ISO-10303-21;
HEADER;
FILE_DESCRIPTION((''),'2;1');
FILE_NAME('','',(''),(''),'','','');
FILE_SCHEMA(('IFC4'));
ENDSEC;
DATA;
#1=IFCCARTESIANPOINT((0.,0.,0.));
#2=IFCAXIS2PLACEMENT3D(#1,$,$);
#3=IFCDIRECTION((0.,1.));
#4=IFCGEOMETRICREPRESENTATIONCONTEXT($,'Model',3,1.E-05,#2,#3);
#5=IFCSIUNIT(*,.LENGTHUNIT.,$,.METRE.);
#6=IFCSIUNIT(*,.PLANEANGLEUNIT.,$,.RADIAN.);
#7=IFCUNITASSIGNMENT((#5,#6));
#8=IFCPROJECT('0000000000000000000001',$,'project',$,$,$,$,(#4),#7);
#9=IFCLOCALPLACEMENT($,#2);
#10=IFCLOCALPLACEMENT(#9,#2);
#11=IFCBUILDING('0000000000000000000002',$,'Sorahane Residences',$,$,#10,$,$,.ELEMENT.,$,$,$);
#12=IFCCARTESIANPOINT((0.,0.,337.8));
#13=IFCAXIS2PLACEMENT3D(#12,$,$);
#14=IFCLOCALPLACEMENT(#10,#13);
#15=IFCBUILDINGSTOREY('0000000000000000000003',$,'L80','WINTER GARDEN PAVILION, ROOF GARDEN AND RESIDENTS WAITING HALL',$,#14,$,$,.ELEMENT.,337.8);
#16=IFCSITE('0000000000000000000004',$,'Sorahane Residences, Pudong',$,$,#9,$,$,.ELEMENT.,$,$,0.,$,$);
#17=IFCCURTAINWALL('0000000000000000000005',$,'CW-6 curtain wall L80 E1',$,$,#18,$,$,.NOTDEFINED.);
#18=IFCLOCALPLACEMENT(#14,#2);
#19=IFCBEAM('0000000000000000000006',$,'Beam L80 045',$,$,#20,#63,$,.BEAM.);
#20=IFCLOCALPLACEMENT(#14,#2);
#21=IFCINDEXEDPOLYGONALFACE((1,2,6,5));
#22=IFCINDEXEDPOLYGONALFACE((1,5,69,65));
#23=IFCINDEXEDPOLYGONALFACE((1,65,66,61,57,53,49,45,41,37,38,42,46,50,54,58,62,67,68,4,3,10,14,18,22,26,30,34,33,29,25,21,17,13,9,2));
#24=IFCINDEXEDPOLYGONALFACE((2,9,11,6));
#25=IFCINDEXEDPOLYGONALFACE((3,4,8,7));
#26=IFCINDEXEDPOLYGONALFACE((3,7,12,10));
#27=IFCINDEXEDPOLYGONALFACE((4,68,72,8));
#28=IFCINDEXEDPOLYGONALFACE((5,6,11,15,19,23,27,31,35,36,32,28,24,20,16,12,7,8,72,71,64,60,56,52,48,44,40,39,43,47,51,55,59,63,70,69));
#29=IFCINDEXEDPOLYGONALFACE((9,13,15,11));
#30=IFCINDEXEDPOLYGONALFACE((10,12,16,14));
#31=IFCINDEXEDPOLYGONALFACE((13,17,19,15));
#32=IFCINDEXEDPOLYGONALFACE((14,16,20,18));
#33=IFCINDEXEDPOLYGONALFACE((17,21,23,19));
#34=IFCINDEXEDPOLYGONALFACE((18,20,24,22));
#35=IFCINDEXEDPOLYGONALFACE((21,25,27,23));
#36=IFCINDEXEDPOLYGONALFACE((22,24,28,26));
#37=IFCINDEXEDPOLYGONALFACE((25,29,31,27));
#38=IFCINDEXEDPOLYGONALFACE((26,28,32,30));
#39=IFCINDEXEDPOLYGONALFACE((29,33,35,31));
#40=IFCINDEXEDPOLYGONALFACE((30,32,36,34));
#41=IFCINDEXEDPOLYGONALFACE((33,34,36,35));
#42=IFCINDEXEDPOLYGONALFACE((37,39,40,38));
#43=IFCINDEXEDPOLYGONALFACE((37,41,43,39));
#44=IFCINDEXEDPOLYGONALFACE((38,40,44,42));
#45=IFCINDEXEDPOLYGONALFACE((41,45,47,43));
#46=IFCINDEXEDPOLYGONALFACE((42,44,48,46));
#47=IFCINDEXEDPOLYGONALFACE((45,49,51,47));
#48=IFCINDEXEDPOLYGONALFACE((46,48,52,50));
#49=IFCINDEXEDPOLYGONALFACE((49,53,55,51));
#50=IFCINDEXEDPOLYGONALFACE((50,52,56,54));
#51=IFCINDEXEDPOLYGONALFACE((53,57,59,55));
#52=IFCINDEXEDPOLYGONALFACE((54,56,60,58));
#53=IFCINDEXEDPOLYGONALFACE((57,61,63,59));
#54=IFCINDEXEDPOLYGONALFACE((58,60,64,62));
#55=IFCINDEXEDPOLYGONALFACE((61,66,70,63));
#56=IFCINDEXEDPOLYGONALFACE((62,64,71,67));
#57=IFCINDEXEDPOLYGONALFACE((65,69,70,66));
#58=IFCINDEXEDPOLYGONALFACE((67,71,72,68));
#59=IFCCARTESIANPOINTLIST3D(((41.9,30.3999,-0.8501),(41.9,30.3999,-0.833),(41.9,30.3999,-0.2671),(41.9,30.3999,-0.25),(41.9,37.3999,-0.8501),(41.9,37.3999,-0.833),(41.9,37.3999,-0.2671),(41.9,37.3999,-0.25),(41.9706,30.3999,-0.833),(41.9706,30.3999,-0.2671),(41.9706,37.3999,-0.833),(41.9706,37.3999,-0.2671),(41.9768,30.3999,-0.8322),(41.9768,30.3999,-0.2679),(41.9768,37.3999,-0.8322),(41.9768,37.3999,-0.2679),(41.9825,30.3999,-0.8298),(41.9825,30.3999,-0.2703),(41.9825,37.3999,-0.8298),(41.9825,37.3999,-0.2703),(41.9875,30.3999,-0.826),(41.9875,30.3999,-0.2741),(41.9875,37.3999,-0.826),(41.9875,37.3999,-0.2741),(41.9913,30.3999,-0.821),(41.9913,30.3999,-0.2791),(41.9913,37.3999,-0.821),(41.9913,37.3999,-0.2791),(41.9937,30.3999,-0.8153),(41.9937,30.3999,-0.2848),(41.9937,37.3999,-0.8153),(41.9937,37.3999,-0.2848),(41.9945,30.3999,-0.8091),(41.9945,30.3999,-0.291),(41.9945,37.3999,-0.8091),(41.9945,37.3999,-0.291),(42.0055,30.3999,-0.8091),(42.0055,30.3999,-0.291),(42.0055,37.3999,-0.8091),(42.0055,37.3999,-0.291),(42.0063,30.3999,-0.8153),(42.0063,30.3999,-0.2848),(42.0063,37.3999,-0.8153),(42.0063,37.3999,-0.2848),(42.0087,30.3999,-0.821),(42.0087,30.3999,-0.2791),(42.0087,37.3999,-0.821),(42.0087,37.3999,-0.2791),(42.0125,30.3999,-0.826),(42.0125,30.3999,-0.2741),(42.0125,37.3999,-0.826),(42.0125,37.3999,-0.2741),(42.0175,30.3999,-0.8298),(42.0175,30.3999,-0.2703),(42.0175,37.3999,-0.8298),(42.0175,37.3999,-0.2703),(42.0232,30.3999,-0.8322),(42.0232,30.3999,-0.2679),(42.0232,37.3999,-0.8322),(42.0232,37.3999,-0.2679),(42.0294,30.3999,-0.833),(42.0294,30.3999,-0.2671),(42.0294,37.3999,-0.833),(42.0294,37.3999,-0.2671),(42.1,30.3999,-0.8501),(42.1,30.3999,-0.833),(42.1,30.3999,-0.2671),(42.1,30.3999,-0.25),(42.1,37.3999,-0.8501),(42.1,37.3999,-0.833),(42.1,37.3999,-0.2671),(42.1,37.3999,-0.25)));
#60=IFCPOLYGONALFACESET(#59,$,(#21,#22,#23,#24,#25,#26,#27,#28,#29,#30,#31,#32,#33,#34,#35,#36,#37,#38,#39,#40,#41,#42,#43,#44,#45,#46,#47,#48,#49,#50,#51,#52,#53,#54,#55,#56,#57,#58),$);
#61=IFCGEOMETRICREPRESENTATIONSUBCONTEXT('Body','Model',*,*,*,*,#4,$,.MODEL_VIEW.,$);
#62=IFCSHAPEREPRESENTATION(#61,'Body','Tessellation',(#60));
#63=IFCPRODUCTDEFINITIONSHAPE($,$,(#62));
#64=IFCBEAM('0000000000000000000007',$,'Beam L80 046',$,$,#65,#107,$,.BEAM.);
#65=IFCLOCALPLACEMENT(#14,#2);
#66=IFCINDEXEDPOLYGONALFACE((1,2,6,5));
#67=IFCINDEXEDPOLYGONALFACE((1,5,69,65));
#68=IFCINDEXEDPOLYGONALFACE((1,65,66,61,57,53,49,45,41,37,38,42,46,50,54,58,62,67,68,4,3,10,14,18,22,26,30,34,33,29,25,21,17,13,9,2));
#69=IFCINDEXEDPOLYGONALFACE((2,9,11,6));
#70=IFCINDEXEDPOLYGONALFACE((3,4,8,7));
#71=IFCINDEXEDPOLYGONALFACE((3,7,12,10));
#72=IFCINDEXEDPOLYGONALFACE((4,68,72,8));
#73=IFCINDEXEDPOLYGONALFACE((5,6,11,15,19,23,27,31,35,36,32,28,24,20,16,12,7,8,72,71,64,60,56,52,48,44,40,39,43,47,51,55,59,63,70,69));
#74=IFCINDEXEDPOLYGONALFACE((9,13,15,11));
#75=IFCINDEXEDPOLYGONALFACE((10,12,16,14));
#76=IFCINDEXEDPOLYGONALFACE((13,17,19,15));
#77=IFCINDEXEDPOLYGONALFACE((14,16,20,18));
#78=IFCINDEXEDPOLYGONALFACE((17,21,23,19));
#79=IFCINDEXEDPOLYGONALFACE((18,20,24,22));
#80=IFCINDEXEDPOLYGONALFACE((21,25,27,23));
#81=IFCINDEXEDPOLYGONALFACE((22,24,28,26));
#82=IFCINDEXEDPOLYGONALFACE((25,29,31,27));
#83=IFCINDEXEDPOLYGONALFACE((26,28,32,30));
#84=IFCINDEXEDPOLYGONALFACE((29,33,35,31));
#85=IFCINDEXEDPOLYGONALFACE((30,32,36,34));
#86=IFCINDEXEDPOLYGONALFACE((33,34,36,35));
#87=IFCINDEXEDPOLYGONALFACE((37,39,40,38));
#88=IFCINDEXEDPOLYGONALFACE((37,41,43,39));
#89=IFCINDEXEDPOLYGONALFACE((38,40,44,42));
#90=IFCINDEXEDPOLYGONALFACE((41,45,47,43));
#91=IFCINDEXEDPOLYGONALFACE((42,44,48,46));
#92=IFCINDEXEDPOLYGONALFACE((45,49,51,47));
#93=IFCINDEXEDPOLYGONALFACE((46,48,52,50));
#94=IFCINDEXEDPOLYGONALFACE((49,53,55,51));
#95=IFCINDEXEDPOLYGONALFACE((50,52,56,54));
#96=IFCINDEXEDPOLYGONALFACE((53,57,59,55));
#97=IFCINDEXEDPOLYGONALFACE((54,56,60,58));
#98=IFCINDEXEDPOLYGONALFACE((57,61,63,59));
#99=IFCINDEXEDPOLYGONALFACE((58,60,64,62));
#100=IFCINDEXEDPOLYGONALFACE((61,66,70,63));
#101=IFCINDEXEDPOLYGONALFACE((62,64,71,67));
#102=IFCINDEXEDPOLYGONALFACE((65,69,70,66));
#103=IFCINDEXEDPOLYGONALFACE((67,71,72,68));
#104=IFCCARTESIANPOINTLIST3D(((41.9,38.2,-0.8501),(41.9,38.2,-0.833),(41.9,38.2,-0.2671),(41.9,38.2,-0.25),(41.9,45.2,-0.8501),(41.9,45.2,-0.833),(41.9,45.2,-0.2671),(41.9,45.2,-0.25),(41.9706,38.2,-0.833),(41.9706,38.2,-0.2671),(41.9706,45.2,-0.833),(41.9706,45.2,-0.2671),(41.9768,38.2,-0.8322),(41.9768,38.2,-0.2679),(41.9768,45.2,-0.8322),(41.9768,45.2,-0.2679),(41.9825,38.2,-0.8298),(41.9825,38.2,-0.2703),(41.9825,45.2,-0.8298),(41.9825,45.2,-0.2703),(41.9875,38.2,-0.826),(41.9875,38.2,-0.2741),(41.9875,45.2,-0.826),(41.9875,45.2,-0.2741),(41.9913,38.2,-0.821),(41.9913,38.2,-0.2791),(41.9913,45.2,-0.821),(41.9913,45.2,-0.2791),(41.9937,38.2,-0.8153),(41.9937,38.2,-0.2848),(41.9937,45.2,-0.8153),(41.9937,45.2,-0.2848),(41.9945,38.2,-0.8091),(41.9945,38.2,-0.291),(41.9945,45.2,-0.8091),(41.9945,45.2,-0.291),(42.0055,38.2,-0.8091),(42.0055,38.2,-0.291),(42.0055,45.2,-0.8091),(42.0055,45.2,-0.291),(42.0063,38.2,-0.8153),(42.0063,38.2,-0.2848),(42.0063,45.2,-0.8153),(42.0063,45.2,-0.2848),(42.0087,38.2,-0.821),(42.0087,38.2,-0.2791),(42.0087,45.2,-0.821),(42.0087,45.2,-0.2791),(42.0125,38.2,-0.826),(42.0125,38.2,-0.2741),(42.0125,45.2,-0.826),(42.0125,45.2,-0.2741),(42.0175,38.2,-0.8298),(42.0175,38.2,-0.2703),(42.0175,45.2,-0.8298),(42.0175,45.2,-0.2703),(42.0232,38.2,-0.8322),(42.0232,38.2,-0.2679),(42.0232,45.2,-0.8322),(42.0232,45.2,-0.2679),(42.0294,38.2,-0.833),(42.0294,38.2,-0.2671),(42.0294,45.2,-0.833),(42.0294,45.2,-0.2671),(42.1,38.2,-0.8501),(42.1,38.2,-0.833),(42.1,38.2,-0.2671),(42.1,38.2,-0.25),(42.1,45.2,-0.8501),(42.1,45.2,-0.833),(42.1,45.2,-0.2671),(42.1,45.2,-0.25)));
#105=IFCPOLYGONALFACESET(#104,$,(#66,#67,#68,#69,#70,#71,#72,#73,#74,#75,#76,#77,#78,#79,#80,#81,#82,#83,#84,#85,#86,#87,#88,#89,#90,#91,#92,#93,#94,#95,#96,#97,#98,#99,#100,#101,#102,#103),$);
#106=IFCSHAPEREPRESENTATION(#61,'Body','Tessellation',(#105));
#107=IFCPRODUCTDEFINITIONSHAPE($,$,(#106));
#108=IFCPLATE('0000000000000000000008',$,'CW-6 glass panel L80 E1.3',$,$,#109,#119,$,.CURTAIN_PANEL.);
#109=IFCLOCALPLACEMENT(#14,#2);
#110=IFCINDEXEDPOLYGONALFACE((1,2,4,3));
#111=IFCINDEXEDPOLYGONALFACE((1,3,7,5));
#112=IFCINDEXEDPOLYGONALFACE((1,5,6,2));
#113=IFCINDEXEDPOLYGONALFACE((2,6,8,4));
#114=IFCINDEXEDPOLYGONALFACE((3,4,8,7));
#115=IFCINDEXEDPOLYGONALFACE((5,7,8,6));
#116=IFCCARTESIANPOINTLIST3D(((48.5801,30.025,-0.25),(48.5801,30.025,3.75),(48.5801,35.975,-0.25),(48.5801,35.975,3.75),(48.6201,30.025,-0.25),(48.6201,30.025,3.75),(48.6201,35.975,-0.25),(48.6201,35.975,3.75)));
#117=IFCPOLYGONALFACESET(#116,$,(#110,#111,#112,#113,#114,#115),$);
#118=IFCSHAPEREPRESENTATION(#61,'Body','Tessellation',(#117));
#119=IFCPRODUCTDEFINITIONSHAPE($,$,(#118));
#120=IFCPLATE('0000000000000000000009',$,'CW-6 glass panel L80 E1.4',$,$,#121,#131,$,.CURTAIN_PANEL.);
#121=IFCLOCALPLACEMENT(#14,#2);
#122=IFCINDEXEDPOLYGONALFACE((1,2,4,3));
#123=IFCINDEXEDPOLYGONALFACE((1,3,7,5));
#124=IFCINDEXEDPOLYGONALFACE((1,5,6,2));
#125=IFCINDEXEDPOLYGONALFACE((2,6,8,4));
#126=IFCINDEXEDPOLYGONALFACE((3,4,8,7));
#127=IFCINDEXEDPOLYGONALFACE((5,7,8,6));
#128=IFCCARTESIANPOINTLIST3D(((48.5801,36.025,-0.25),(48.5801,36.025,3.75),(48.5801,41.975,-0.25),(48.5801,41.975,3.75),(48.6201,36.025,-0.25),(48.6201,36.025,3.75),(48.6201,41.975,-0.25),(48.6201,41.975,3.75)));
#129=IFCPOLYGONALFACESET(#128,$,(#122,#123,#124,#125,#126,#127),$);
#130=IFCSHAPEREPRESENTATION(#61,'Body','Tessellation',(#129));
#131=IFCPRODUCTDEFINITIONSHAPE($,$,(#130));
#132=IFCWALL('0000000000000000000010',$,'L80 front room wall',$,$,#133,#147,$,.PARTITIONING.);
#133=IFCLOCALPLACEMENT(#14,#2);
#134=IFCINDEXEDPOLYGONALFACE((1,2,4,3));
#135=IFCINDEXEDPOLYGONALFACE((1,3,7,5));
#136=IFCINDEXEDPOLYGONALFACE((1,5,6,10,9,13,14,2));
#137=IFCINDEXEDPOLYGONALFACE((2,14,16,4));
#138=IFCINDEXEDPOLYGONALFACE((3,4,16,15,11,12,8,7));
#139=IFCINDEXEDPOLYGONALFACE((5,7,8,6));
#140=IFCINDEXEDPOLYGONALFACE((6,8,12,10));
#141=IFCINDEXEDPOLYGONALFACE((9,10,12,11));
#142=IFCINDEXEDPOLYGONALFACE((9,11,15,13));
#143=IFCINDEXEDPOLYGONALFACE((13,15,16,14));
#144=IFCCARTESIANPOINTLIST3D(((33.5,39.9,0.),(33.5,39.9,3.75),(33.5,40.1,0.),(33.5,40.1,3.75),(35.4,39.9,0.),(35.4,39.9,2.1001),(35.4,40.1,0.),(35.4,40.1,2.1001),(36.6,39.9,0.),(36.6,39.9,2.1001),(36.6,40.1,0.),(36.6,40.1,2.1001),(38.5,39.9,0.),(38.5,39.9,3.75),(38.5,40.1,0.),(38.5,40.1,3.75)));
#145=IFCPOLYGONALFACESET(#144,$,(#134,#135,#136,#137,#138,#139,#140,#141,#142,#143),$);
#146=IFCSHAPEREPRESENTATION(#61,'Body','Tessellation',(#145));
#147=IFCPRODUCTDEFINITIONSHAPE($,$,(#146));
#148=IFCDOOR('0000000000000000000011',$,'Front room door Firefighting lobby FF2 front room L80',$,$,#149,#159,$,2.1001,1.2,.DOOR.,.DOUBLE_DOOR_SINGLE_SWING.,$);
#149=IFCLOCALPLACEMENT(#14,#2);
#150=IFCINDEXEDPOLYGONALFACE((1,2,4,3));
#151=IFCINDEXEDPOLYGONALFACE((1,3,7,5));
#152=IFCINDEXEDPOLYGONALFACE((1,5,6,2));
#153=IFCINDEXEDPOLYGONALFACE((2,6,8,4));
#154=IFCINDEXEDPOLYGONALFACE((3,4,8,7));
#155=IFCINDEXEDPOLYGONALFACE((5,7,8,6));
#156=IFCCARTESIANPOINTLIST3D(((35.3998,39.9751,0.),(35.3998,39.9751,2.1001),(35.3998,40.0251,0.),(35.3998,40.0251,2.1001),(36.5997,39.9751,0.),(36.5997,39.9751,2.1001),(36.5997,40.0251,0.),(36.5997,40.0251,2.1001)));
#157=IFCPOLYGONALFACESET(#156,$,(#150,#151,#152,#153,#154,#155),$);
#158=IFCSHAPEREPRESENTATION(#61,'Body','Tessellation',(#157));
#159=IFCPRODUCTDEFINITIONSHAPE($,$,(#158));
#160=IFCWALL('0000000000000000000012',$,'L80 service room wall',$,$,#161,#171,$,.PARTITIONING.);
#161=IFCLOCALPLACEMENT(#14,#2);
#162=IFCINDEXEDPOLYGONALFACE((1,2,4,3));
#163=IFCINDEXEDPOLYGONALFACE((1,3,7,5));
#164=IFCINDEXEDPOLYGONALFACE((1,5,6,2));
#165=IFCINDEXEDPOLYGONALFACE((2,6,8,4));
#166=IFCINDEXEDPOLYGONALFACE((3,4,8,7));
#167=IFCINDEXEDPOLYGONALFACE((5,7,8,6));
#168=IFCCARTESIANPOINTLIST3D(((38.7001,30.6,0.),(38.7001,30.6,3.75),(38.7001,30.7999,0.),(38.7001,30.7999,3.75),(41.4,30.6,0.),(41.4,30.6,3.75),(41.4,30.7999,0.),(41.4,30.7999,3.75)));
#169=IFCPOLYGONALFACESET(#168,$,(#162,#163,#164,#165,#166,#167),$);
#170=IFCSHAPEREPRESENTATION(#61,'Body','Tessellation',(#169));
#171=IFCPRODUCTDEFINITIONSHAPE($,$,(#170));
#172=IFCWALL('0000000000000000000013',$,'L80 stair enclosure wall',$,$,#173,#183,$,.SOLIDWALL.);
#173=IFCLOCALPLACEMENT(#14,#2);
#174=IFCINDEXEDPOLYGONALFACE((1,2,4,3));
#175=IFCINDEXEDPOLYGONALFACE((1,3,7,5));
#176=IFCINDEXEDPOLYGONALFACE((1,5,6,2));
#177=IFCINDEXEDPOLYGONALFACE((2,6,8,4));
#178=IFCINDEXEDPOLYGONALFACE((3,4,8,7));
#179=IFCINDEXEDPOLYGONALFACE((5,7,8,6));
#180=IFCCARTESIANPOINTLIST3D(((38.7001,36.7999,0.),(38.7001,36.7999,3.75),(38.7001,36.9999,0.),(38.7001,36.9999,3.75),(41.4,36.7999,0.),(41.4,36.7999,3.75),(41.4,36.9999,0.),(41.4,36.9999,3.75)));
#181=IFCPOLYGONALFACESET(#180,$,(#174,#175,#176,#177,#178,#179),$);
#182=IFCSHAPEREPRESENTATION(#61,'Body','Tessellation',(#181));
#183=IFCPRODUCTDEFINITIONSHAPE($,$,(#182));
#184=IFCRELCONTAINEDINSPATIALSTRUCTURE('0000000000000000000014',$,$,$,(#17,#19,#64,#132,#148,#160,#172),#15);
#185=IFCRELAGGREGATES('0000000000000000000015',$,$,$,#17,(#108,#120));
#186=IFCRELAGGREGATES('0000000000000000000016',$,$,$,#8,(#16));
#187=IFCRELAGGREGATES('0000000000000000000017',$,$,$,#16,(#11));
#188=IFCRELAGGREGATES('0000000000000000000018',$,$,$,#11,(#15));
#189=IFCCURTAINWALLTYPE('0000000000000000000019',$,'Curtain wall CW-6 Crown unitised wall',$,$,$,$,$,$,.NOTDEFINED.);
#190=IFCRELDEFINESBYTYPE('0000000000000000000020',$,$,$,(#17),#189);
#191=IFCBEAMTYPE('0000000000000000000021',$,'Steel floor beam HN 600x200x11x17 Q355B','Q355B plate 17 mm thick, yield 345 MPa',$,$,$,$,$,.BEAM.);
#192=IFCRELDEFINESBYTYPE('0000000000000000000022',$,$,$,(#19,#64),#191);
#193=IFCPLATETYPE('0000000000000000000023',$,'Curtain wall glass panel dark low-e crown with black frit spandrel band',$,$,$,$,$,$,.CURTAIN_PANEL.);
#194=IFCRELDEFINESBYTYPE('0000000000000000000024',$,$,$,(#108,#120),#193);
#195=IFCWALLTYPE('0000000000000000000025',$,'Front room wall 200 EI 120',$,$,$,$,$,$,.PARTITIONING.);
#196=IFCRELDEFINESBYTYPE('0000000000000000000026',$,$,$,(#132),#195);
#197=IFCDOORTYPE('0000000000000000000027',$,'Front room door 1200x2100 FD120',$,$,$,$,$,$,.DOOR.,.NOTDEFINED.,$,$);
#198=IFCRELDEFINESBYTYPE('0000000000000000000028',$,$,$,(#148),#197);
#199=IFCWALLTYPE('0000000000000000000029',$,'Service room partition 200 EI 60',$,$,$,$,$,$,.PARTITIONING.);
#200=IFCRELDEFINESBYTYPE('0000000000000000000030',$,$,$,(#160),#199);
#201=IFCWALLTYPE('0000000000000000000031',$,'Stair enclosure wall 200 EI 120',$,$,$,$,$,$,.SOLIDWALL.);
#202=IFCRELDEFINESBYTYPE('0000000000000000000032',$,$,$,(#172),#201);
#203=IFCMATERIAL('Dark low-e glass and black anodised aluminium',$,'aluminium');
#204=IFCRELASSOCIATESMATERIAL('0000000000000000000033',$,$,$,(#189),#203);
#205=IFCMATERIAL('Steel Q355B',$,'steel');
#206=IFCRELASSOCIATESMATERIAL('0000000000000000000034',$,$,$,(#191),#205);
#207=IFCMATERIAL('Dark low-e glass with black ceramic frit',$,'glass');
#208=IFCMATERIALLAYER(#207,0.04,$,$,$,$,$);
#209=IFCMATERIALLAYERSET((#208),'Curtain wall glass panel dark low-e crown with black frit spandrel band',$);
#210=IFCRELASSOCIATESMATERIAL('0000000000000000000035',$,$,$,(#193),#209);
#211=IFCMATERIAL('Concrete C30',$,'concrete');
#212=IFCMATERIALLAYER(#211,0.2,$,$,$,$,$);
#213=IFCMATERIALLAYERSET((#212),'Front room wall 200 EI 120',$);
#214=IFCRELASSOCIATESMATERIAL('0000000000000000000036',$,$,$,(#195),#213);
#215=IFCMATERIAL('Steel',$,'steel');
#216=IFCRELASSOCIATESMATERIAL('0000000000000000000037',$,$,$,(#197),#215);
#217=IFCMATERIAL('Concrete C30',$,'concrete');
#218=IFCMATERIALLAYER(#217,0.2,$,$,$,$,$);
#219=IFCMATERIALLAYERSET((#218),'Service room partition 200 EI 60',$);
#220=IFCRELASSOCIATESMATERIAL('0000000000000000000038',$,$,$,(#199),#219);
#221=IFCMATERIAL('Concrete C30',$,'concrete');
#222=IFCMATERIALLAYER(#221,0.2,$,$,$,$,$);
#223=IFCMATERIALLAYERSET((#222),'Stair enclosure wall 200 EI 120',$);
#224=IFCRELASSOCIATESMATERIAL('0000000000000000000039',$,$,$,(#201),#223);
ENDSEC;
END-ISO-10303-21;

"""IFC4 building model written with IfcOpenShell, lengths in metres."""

from ifc_helpers import new_model, si_unit, direction, frame, frame_2d, origin, origin_2d, place, context, subcontext, project, spatial, rectangle, i_section, extrude, material, layer, layer_set, material_profile, profile_set, type_object, element, fill, aggregate, save


model = new_model("IFC4")

# Units and contexts
model_context = context("Model", 3, precision=1e-05, world=origin(), true_north=direction((0.0, 1.0)))
body_context = subcontext(model_context, "Body", "Model", "MODEL_VIEW")
ifc_project = project(units=[si_unit("LENGTHUNIT", "METRE"), si_unit("PLANEANGLEUNIT", "RADIAN")], contexts=[model_context])

# Site, building, storey
site_placement = place(None, origin())
site = spatial("IfcSite", under=ifc_project, at=site_placement, Name="Sorahane Residences, Pudong", CompositionType="ELEMENT", RefElevation=0.0)
building_placement = place(site_placement, origin())
building = spatial("IfcBuilding", under=site, at=building_placement, Name="Sorahane Residences", CompositionType="ELEMENT")
storey_placement = place(building_placement, frame((0.0, 0.0, 337.8)))
storey = spatial("IfcBuildingStorey", under=building, at=storey_placement, Name="L80", Description="WINTER GARDEN PAVILION, ROOF GARDEN AND RESIDENTS WAITING HALL", CompositionType="ELEMENT", Elevation=337.8)

# Curtain wall
ifc_material_1 = material(Name="Dark low-e glass and black anodised aluminium", Category="aluminium")
curtain_wall_type = type_object("IfcCurtainWallType", Name="Curtain wall CW-6 Crown unitised wall", PredefinedType="NOTDEFINED", material=ifc_material_1)
curtain_wall_placement = place(storey_placement, origin())
curtain_wall = element("IfcCurtainWall", 1, at=curtain_wall_placement, inside=storey, type_object=curtain_wall_type, Name="CW-6 curtain wall L80 E1", PredefinedType="NOTDEFINED")

# Beams
ifc_material_2 = material(Name="Steel Q355B", Category="steel")
ifc_material_profile_1 = material_profile(ifc_material_2, i_section(OverallWidth=0.2, OverallDepth=0.6001, WebThickness=0.011, FlangeThickness=0.0171, FilletRadius=0.0239, at=origin_2d()), Name="HN 600x200x11x17")
ifc_profile_set_1 = profile_set([ifc_material_profile_1], Name="Steel Q355B")
beam_type_1 = type_object("IfcBeamType", Name="Steel floor beam HN 600x200x11x17 Q355B", Description="Q355B plate 17 mm thick, yield 345 MPa", PredefinedType="BEAM", material=ifc_profile_set_1)
for number, where, z_axis, x_axis, name in (
    (2, (42.0, 30.3999, -0.55), (0.0, 1.0, 0.0), (-1.0, 0.0, 0.0), "Beam L80 045"),
    (3, (42.0, 38.2, -0.55), (0.0, 1.0, 0.0), (-1.0, 0.0, 0.0), "Beam L80 046"),
):
    element("IfcBeam", number, at=place(storey_placement, frame(where, z_axis=z_axis, x_axis=x_axis)), inside=storey, type_object=beam_type_1, Name=name, PredefinedType="BEAM", context=body_context, shape_type="SweptSolid", body=[
        extrude(i_section(OverallWidth=0.2, OverallDepth=0.6001, WebThickness=0.011, FlangeThickness=0.0171, FilletRadius=0.0239, at=origin_2d()), origin(), (0.0, 0.0, 1.0), 7.0),
    ])

# Plates
ifc_material_3 = material(Name="Dark low-e glass with black ceramic frit", Category="glass")
ifc_layer_1 = layer(ifc_material_3, 0.04)
ifc_layer_set_1 = layer_set([ifc_layer_1], Name="Curtain wall glass panel dark low-e crown with black frit spandrel band")
plate_type = type_object("IfcPlateType", Name="Curtain wall glass panel dark low-e crown with black frit spandrel band", PredefinedType="CURTAIN_PANEL", material=ifc_layer_set_1)
plate_1_placement = place(storey_placement, frame((48.6001, 33.0, -0.25), z_axis=(0.0, 0.0, 1.0), x_axis=(0.0, 1.0, 0.0)))
plate_1 = element("IfcPlate", 4, at=plate_1_placement, type_object=plate_type, Name="CW-6 glass panel L80 E1.3", PredefinedType="CURTAIN_PANEL", context=body_context, shape_type="SweptSolid", body=[
    extrude(rectangle(XDim=5.95, YDim=0.04, at=origin_2d()), origin(), (0.0, 0.0, 1.0), 4.0),
])
plate_2_placement = place(storey_placement, frame((48.6001, 39.0, -0.25), z_axis=(0.0, 0.0, 1.0), x_axis=(0.0, 1.0, 0.0)))
plate_2 = element("IfcPlate", 5, at=plate_2_placement, type_object=plate_type, Name="CW-6 glass panel L80 E1.4", PredefinedType="CURTAIN_PANEL", context=body_context, shape_type="SweptSolid", body=[
    extrude(rectangle(XDim=5.95, YDim=0.04, at=origin_2d()), origin(), (0.0, 0.0, 1.0), 4.0),
])
aggregate(curtain_wall, [plate_1, plate_2])

# Wall, opening, door
ifc_material_4 = material(Name="Concrete C30", Category="concrete")
ifc_layer_2 = layer(ifc_material_4, 0.2)
ifc_layer_set_2 = layer_set([ifc_layer_2], Name="Front room wall 200 EI 120")
wall_type_1 = type_object("IfcWallType", Name="Front room wall 200 EI 120", PredefinedType="PARTITIONING", material=ifc_layer_set_2)
wall_1_placement = place(storey_placement, frame((33.5, 40.0, 0.0), z_axis=(0.0, 0.0, 1.0), x_axis=(1.0, 0.0, 0.0)))
wall_1 = element("IfcWall", 6, at=wall_1_placement, inside=storey, type_object=wall_type_1, Name="L80 front room wall", PredefinedType="PARTITIONING", context=body_context, shape_type="SweptSolid", body=[
    extrude(rectangle(XDim=5.0, YDim=0.2, at=frame_2d((2.5, 0.0))), origin(), (0.0, 0.0, 1.0), 3.75),
])
opening_placement = place(wall_1_placement, frame((1.8999, 0.0, 0.0)))
opening = element("IfcOpeningElement", 7, at=opening_placement, cuts=wall_1, PredefinedType="OPENING", context=body_context, shape_type="SweptSolid", body=[
    extrude(rectangle(XDim=1.2, YDim=2.1001, at=frame_2d((0.6001, 1.05))), frame((0.0, 0.1099, 0.0), z_axis=(0.0, -1.0, 0.0), x_axis=(1.0, 0.0, 0.0)), (0.0, 0.0, 1.0), 0.22),
])
ifc_material_5 = material(Name="Steel", Category="steel")
door_type = type_object("IfcDoorType", Name="Front room door 1200x2100 FD120", OperationType="NOTDEFINED", PredefinedType="DOOR", material=ifc_material_5)
door_placement = place(opening_placement, frame((1.2, 0.0, 0.0), z_axis=(0.0, 0.0, 1.0), x_axis=(-1.0, 0.0, 0.0)))
door = element("IfcDoor", 8, at=door_placement, inside=storey, type_object=door_type, Name="Front room door Firefighting lobby FF2 front room L80", OperationType="DOUBLE_DOOR_SINGLE_SWING", OverallHeight=2.1001, OverallWidth=1.2, PredefinedType="DOOR", context=body_context, shape_type="SweptSolid", body=[
    extrude(rectangle(XDim=1.2, YDim=2.1001, at=frame_2d((0.6001, 1.05))), frame((0.0, 0.0249, 0.0), z_axis=(0.0, -1.0, 0.0), x_axis=(1.0, 0.0, 0.0)), (0.0, 0.0, 1.0), 0.05),
])
fill(opening, door)

# Walls
ifc_material_6 = material(Name="Concrete C30", Category="concrete")
ifc_layer_3 = layer(ifc_material_6, 0.2)
ifc_layer_set_3 = layer_set([ifc_layer_3], Name="Service room partition 200 EI 60")
wall_type_2 = type_object("IfcWallType", Name="Service room partition 200 EI 60", PredefinedType="PARTITIONING", material=ifc_layer_set_3)
wall_2_placement = place(storey_placement, frame((38.7, 30.7, 0.0), z_axis=(0.0, 0.0, 1.0), x_axis=(1.0, 0.0, 0.0)))
element("IfcWall", 9, at=wall_2_placement, inside=storey, type_object=wall_type_2, Name="L80 service room wall", PredefinedType="PARTITIONING", context=body_context, shape_type="SweptSolid", body=[
    extrude(rectangle(XDim=2.7, YDim=0.2, at=frame_2d((1.3501, 0.0))), origin(), (0.0, 0.0, 1.0), 3.75),
])
ifc_material_7 = material(Name="Concrete C30", Category="concrete")
ifc_layer_4 = layer(ifc_material_7, 0.2)
ifc_layer_set_4 = layer_set([ifc_layer_4], Name="Stair enclosure wall 200 EI 120")
wall_type_3 = type_object("IfcWallType", Name="Stair enclosure wall 200 EI 120", PredefinedType="SOLIDWALL", material=ifc_layer_set_4)
wall_3_placement = place(storey_placement, frame((38.7, 36.8999, 0.0), z_axis=(0.0, 0.0, 1.0), x_axis=(1.0, 0.0, 0.0)))
element("IfcWall", 10, at=wall_3_placement, inside=storey, type_object=wall_type_3, Name="L80 stair enclosure wall", PredefinedType="SOLIDWALL", context=body_context, shape_type="SweptSolid", body=[
    extrude(rectangle(XDim=2.7, YDim=0.2, at=frame_2d((1.3501, 0.0))), origin(), (0.0, 0.0, 1.0), 3.75),
])

save(model, "model.ifc")
